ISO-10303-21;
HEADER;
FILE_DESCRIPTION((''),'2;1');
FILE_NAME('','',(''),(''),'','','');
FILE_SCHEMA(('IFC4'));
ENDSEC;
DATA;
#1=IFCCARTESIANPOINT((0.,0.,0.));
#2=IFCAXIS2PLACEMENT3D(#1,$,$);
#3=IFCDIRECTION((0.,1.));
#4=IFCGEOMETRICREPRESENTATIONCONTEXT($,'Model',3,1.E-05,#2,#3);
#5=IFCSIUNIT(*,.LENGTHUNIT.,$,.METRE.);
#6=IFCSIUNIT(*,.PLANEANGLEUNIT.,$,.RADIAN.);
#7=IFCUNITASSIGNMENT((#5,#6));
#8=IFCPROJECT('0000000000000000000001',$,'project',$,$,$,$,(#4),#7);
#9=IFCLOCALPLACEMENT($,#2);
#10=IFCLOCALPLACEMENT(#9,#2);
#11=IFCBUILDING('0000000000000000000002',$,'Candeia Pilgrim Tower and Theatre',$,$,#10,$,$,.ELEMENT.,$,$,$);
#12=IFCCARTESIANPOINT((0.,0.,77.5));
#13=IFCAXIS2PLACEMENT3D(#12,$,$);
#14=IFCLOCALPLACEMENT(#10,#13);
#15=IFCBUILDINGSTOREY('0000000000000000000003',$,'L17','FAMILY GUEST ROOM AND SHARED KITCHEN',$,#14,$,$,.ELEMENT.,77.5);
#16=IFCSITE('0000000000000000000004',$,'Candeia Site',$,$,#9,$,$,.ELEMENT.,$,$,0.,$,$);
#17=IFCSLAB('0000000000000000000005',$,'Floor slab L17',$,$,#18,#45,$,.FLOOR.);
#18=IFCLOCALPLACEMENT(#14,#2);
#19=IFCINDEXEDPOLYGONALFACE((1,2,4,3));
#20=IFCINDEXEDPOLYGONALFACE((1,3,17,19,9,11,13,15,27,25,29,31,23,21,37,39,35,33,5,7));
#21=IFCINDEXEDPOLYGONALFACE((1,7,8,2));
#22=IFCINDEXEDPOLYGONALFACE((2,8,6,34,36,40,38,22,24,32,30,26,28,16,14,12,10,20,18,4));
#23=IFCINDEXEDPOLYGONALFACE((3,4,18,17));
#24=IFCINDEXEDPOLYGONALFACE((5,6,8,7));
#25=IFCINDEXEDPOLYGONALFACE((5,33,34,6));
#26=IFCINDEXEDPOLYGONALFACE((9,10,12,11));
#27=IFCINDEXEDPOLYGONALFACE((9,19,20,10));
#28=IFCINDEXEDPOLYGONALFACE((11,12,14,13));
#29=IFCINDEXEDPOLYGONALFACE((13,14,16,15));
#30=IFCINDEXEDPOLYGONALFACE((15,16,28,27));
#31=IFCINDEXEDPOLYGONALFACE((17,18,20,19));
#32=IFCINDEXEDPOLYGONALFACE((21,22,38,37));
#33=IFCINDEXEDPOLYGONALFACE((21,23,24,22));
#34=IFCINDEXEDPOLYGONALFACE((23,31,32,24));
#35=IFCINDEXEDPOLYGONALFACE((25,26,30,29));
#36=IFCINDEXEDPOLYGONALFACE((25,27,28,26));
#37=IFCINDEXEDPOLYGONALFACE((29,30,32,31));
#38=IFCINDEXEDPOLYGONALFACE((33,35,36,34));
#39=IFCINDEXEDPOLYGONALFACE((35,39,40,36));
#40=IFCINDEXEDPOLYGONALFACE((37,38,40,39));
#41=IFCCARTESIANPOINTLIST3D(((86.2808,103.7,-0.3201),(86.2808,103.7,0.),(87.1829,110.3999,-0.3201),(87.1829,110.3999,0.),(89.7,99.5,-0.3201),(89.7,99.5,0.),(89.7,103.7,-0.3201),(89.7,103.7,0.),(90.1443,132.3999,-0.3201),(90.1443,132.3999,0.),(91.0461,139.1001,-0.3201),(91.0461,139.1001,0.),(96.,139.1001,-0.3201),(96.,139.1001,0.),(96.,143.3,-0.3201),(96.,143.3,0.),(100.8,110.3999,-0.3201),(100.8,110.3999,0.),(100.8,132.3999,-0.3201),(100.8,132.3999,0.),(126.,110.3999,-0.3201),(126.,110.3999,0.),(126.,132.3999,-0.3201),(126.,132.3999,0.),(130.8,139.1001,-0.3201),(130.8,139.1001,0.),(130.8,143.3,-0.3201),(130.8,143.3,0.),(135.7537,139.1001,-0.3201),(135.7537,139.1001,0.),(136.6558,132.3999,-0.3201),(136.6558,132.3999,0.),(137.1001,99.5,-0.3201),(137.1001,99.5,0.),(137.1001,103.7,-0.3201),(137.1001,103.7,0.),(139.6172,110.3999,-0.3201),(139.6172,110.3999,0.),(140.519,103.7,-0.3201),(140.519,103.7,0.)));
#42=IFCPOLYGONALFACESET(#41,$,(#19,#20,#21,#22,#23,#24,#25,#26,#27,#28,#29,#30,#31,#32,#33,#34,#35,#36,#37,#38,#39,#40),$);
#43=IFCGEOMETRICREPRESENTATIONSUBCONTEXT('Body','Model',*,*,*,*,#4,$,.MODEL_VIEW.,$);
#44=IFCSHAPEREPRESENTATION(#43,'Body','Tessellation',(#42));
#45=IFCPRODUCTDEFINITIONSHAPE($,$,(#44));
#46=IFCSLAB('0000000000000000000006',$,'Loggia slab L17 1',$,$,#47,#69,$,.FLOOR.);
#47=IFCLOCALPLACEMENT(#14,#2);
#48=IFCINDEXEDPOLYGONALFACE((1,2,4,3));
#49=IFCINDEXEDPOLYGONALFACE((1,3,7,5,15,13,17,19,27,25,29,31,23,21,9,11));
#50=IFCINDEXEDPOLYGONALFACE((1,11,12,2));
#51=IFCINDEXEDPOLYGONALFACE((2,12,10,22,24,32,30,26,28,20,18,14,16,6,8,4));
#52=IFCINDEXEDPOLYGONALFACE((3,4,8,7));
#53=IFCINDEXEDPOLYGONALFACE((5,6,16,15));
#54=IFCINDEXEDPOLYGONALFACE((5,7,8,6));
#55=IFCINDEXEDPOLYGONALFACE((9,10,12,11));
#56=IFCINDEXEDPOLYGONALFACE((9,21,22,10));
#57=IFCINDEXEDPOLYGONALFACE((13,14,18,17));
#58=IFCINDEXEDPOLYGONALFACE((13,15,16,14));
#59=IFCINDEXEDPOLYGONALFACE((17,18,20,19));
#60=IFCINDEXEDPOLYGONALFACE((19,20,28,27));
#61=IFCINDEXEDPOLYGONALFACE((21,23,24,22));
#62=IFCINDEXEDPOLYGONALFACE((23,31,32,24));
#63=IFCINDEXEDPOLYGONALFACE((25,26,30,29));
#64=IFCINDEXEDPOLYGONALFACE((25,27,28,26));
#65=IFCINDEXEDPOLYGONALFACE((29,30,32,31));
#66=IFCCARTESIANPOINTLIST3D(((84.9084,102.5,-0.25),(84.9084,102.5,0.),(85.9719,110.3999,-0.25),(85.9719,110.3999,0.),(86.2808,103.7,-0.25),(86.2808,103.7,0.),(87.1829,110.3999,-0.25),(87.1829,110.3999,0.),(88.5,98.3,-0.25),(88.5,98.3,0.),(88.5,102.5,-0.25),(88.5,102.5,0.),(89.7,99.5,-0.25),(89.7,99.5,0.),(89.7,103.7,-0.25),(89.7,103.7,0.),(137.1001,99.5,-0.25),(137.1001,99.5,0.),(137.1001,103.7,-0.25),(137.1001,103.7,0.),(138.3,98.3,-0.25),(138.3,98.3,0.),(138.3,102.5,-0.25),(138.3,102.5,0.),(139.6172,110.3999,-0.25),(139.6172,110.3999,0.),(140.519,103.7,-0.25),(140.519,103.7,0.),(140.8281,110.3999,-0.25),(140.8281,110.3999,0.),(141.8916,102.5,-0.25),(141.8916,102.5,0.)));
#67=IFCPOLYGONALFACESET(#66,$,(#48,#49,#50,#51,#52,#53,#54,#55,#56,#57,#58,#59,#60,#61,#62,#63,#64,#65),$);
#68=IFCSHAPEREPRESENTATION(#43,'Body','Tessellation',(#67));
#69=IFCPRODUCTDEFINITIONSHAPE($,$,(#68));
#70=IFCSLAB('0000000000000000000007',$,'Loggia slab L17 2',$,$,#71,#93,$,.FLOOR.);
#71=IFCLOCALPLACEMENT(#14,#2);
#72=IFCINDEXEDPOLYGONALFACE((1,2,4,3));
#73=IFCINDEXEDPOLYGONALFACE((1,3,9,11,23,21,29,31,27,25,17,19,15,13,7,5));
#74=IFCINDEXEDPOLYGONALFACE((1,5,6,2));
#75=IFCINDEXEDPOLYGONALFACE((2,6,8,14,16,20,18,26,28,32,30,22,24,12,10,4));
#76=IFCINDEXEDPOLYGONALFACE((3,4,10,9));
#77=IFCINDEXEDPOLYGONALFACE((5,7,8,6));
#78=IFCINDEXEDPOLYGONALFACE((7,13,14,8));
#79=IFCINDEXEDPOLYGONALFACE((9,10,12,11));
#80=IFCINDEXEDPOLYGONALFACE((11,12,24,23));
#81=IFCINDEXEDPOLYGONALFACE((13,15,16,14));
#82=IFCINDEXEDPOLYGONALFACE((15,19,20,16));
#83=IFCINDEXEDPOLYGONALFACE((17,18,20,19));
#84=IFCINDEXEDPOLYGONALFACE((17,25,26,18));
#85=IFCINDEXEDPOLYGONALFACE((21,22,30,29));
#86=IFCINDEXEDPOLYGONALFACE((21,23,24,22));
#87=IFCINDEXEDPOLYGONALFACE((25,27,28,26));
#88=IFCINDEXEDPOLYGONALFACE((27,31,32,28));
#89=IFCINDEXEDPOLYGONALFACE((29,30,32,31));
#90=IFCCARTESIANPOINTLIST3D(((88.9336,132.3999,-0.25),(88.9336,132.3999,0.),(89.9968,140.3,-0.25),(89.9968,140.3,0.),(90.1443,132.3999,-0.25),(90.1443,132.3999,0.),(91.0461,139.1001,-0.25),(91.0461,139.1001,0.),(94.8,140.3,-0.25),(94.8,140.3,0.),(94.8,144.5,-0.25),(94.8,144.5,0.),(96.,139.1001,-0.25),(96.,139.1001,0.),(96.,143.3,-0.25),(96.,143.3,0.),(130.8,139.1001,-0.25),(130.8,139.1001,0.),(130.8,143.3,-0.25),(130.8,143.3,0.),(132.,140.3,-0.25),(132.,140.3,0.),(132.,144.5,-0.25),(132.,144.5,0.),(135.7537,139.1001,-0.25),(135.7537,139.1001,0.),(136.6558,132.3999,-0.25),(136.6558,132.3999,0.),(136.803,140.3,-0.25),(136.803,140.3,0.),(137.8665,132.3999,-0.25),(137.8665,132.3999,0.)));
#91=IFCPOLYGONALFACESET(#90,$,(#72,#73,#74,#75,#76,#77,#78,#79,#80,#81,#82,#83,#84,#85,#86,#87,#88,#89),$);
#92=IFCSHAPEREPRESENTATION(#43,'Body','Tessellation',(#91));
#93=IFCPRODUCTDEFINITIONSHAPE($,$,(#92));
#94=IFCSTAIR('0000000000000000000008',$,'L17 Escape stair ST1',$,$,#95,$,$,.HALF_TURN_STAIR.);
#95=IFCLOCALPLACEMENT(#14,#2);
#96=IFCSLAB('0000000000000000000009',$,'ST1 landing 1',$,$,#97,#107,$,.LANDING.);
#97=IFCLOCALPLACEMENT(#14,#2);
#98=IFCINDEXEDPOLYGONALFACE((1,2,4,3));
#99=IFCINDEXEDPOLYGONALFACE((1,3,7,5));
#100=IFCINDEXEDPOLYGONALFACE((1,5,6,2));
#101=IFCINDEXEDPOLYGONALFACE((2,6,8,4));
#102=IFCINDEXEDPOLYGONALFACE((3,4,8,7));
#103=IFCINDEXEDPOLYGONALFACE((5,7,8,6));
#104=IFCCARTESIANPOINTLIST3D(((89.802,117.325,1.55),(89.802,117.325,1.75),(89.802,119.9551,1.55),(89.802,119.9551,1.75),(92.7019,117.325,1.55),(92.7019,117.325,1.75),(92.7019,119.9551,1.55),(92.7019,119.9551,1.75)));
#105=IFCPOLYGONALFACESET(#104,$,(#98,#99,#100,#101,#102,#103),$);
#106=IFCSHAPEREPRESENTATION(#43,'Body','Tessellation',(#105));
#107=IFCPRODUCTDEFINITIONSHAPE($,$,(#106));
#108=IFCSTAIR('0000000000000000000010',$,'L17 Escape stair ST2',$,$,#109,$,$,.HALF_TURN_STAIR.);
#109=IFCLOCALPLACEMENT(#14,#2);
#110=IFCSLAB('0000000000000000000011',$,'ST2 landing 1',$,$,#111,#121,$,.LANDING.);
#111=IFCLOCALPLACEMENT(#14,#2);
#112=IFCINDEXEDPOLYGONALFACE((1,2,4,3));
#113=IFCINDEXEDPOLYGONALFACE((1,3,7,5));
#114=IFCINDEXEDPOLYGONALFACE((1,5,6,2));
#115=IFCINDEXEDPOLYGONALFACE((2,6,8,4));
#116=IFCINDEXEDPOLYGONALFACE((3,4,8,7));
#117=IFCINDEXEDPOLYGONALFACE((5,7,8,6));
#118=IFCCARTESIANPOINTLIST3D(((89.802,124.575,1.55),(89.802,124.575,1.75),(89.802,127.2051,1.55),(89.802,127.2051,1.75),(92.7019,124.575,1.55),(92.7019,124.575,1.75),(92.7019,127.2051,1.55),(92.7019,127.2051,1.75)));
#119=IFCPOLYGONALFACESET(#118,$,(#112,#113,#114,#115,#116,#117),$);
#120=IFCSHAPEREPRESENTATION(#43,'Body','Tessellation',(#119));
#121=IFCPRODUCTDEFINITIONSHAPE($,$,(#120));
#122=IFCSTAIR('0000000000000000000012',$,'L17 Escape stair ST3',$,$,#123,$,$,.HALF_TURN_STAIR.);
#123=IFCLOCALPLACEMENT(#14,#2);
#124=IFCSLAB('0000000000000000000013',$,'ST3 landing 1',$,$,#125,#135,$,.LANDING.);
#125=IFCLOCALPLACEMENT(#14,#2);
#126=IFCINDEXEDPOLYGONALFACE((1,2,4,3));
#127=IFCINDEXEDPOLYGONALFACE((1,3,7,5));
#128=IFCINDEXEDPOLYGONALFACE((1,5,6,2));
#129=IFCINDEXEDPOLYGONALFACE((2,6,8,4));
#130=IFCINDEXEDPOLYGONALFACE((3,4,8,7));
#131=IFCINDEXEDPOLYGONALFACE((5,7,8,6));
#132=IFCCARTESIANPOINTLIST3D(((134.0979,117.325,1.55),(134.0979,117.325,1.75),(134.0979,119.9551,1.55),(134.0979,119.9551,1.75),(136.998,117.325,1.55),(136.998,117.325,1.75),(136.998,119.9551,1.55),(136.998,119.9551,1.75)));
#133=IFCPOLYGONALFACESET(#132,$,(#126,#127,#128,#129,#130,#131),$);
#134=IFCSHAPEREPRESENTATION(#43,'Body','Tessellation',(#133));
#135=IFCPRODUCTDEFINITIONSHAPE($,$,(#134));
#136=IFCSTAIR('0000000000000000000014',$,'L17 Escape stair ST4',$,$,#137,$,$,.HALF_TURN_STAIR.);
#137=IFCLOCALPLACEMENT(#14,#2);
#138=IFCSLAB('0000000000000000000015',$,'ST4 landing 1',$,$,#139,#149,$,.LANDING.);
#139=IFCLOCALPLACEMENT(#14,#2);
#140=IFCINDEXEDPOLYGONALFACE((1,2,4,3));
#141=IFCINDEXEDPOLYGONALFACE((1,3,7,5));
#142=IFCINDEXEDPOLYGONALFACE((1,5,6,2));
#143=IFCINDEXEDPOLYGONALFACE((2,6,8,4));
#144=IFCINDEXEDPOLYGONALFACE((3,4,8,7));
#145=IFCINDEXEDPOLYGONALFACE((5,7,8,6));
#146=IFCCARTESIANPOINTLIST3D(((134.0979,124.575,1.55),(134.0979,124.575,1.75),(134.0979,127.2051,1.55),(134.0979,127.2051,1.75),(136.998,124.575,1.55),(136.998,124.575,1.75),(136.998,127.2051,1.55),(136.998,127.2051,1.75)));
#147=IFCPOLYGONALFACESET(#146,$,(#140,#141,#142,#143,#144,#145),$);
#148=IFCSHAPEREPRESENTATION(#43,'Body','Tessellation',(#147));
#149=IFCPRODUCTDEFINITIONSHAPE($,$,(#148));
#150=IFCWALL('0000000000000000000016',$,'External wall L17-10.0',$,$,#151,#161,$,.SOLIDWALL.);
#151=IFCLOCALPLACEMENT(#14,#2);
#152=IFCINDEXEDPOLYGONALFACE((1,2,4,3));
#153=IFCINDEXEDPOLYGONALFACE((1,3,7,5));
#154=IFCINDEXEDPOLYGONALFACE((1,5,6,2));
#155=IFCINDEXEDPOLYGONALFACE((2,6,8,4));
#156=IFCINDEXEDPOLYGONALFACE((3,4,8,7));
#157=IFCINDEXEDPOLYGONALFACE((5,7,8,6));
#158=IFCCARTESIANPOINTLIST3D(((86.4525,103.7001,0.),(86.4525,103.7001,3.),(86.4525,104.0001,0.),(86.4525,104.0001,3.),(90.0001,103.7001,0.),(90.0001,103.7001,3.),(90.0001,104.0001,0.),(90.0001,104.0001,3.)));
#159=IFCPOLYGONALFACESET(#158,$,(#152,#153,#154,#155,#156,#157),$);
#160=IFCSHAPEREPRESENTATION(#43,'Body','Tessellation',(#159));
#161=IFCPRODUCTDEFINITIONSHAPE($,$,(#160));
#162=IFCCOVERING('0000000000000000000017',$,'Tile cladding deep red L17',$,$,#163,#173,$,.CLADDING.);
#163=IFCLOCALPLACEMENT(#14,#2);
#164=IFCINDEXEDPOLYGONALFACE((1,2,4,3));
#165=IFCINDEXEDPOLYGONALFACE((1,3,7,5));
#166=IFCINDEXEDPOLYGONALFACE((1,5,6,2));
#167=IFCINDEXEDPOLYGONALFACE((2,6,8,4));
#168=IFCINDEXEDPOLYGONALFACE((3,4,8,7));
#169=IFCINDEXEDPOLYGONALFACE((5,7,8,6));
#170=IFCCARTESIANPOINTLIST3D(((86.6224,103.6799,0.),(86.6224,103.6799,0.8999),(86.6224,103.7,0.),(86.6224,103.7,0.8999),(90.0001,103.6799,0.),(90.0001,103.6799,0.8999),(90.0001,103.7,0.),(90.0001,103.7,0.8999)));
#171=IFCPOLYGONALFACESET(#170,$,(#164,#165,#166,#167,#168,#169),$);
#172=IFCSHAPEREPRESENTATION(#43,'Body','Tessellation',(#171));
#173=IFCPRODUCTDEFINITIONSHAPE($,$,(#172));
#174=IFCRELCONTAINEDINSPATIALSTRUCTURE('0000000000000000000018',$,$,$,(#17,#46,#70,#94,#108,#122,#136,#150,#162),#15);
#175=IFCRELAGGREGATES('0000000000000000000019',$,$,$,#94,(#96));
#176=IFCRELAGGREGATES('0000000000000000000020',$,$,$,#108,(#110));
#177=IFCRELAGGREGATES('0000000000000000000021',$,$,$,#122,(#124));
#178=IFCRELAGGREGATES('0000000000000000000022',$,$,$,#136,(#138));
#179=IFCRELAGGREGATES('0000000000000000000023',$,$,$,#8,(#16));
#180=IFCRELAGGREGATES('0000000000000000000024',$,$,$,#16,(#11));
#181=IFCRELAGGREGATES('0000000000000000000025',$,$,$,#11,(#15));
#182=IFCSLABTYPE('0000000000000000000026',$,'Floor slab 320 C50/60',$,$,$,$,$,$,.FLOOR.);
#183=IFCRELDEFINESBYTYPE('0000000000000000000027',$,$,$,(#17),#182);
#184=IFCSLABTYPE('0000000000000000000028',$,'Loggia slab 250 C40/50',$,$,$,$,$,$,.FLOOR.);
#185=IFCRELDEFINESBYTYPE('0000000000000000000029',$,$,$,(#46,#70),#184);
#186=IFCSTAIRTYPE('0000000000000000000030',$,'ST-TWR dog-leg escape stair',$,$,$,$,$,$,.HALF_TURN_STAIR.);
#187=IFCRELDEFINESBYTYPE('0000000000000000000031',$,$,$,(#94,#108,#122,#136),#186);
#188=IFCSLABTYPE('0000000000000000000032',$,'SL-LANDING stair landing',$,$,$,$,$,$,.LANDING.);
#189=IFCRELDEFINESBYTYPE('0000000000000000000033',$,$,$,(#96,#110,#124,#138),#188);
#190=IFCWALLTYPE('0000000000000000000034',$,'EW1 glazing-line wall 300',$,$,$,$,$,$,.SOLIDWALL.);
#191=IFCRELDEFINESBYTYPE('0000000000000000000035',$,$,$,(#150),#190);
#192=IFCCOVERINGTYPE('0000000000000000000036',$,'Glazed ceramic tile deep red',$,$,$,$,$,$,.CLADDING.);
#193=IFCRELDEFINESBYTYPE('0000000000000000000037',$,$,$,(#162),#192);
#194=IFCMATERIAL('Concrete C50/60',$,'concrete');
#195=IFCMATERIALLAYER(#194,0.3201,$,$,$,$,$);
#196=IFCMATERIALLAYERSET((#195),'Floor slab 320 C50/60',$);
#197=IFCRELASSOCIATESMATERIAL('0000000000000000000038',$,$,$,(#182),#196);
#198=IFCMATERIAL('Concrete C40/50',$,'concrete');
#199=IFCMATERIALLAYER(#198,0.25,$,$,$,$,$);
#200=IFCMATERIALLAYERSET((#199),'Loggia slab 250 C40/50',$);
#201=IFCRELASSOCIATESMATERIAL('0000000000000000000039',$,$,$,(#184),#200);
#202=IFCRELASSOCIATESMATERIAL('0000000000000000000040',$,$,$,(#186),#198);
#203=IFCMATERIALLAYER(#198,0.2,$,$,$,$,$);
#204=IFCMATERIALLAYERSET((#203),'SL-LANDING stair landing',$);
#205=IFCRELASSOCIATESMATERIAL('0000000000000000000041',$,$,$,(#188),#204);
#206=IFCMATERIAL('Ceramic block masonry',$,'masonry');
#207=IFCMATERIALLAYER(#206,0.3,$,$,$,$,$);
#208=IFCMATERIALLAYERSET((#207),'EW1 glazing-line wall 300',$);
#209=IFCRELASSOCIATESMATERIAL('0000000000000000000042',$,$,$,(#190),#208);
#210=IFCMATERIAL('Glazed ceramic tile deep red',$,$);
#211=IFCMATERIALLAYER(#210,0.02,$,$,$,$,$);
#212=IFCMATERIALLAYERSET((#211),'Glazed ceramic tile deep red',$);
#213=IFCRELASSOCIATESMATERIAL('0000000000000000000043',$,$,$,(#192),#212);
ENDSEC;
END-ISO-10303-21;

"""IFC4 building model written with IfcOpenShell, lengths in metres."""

from ifc_helpers import new_model, si_unit, direction, frame, frame_2d, origin, origin_2d, place, context, subcontext, project, spatial, polyline, rectangle, outline, extrude, material, layer, layer_set, type_object, element, aggregate, save


model = new_model("IFC4")

# Units and contexts
model_context = context("Model", 3, precision=1e-05, world=origin(), true_north=direction((0.0, 1.0)))
body_context = subcontext(model_context, "Body", "Model", "MODEL_VIEW")
ifc_project = project(units=[si_unit("LENGTHUNIT", "METRE"), si_unit("PLANEANGLEUNIT", "RADIAN")], contexts=[model_context])

# Site, building, storey
site_placement = place(None, origin())
site = spatial("IfcSite", under=ifc_project, at=site_placement, Name="Candeia Site", CompositionType="ELEMENT", RefElevation=0.0)
building_placement = place(site_placement, origin())
building = spatial("IfcBuilding", under=site, at=building_placement, Name="Candeia Pilgrim Tower and Theatre", CompositionType="ELEMENT")
storey_placement = place(building_placement, frame((0.0, 0.0, 77.5)))
storey = spatial("IfcBuildingStorey", under=building, at=storey_placement, Name="L17", Description="FAMILY GUEST ROOM AND SHARED KITCHEN", CompositionType="ELEMENT", Elevation=77.5)

# Slabs
ifc_material_1 = material(Name="Concrete C40/50", Category="concrete")
ifc_material_2 = material(Name="Concrete C50/60", Category="concrete")
ifc_layer_1 = layer(ifc_material_2, 0.3201)
ifc_layer_set_1 = layer_set([ifc_layer_1], Name="Floor slab 320 C50/60")
slab_type_1 = type_object("IfcSlabType", Name="Floor slab 320 C50/60", PredefinedType="FLOOR", material=ifc_layer_set_1)
slab_1_placement = place(storey_placement, frame((0.0, 0.0, -0.3201)))
element("IfcSlab", 1, at=slab_1_placement, inside=storey, type_object=slab_type_1, Name="Floor slab L17", PredefinedType="FLOOR", context=body_context, shape_type="SweptSolid", body=[
    extrude(outline(polyline([(96.0, 139.1001), (96.0, 143.3), (130.8, 143.3), (130.8, 139.1001), (135.7537, 139.1001), (136.6558, 132.3999), (126.0, 132.3999), (126.0, 110.3999), (139.6172, 110.3999), (140.519, 103.7), (137.1001, 103.7), (137.1001, 99.5), (89.7, 99.5), (89.7, 103.7), (86.2808, 103.7), (87.1829, 110.3999), (100.8, 110.3999), (100.8, 132.3999), (90.1443, 132.3999), (91.0461, 139.1001), (96.0, 139.1001)])), origin(), (0.0, 0.0, 1.0), 0.3201),
])
ifc_layer_2 = layer(ifc_material_1, 0.25)
ifc_layer_set_2 = layer_set([ifc_layer_2], Name="Loggia slab 250 C40/50")
slab_type_2 = type_object("IfcSlabType", Name="Loggia slab 250 C40/50", PredefinedType="FLOOR", material=ifc_layer_set_2)
slab_2_placement = place(storey_placement, frame((0.0, 0.0, -0.25)))
element("IfcSlab", 2, at=slab_2_placement, inside=storey, type_object=slab_type_2, Name="Loggia slab L17 1", PredefinedType="FLOOR", context=body_context, shape_type="SweptSolid", body=[
    extrude(outline(polyline([(87.1829, 110.3999), (86.2808, 103.7), (89.7, 103.7), (89.7, 99.5), (137.1001, 99.5), (137.1001, 103.7), (140.519, 103.7), (139.6172, 110.3999), (140.8281, 110.3999), (141.8916, 102.5), (138.3, 102.5), (138.3, 98.3), (88.5, 98.3), (88.5, 102.5), (84.9084, 102.5), (85.9719, 110.3999), (87.1829, 110.3999)])), origin(), (0.0, 0.0, 1.0), 0.25),
])
slab_3_placement = place(storey_placement, frame((0.0, 0.0, -0.25)))
element("IfcSlab", 3, at=slab_3_placement, inside=storey, type_object=slab_type_2, Name="Loggia slab L17 2", PredefinedType="FLOOR", context=body_context, shape_type="SweptSolid", body=[
    extrude(outline(polyline([(136.6558, 132.3999), (135.7537, 139.1001), (130.8, 139.1001), (130.8, 143.3), (96.0, 143.3), (96.0, 139.1001), (91.0461, 139.1001), (90.1443, 132.3999), (88.9336, 132.3999), (89.9968, 140.3), (94.8, 140.3), (94.8, 144.5), (132.0, 144.5), (132.0, 140.3), (136.803, 140.3), (137.8665, 132.3999), (136.6558, 132.3999)])), origin(), (0.0, 0.0, 1.0), 0.25),
])

# Stairs, slabs
stair_type = type_object("IfcStairType", Name="ST-TWR dog-leg escape stair", PredefinedType="HALF_TURN_STAIR", material=ifc_material_1)
stair_1_placement = place(storey_placement, origin())
stair_1 = element("IfcStair", 4, at=stair_1_placement, inside=storey, type_object=stair_type, Name="L17 Escape stair ST1", PredefinedType="HALF_TURN_STAIR")
ifc_layer_3 = layer(ifc_material_1, 0.2)
ifc_layer_set_3 = layer_set([ifc_layer_3], Name="SL-LANDING stair landing")
slab_type_3 = type_object("IfcSlabType", Name="SL-LANDING stair landing", PredefinedType="LANDING", material=ifc_layer_set_3)
slab_4_placement = place(storey_placement, frame((0.0, 0.0, 1.55)))
slab_4 = element("IfcSlab", 5, at=slab_4_placement, type_object=slab_type_3, Name="ST1 landing 1", PredefinedType="LANDING", context=body_context, shape_type="SweptSolid", body=[
    extrude(outline(polyline([(89.802, 119.9551), (89.802, 117.325), (92.7019, 117.325), (92.7019, 119.9551), (89.802, 119.9551)])), origin(), (0.0, 0.0, 1.0), 0.2),
])
aggregate(stair_1, [slab_4])
stair_2_placement = place(storey_placement, origin())
stair_2 = element("IfcStair", 6, at=stair_2_placement, inside=storey, type_object=stair_type, Name="L17 Escape stair ST2", PredefinedType="HALF_TURN_STAIR")
slab_5_placement = place(storey_placement, frame((0.0, 0.0, 1.55)))
slab_5 = element("IfcSlab", 7, at=slab_5_placement, type_object=slab_type_3, Name="ST2 landing 1", PredefinedType="LANDING", context=body_context, shape_type="SweptSolid", body=[
    extrude(outline(polyline([(89.802, 127.2051), (89.802, 124.575), (92.7019, 124.575), (92.7019, 127.2051), (89.802, 127.2051)])), origin(), (0.0, 0.0, 1.0), 0.2),
])
aggregate(stair_2, [slab_5])
stair_3_placement = place(storey_placement, origin())
stair_3 = element("IfcStair", 8, at=stair_3_placement, inside=storey, type_object=stair_type, Name="L17 Escape stair ST3", PredefinedType="HALF_TURN_STAIR")
slab_6_placement = place(storey_placement, frame((0.0, 0.0, 1.55)))
slab_6 = element("IfcSlab", 9, at=slab_6_placement, type_object=slab_type_3, Name="ST3 landing 1", PredefinedType="LANDING", context=body_context, shape_type="SweptSolid", body=[
    extrude(outline(polyline([(134.0979, 119.9551), (134.0979, 117.325), (136.998, 117.325), (136.998, 119.9551), (134.0979, 119.9551)])), origin(), (0.0, 0.0, 1.0), 0.2),
])
aggregate(stair_3, [slab_6])
stair_4_placement = place(storey_placement, origin())
stair_4 = element("IfcStair", 10, at=stair_4_placement, inside=storey, type_object=stair_type, Name="L17 Escape stair ST4", PredefinedType="HALF_TURN_STAIR")
slab_7_placement = place(storey_placement, frame((0.0, 0.0, 1.55)))
slab_7 = element("IfcSlab", 11, at=slab_7_placement, type_object=slab_type_3, Name="ST4 landing 1", PredefinedType="LANDING", context=body_context, shape_type="SweptSolid", body=[
    extrude(outline(polyline([(134.0979, 127.2051), (134.0979, 124.575), (136.998, 124.575), (136.998, 127.2051), (134.0979, 127.2051)])), origin(), (0.0, 0.0, 1.0), 0.2),
])
aggregate(stair_4, [slab_7])

# Wall
ifc_material_3 = material(Name="Ceramic block masonry", Category="masonry")
ifc_layer_4 = layer(ifc_material_3, 0.3)
ifc_layer_set_4 = layer_set([ifc_layer_4], Name="EW1 glazing-line wall 300")
wall_type = type_object("IfcWallType", Name="EW1 glazing-line wall 300", PredefinedType="SOLIDWALL", material=ifc_layer_set_4)
wall_placement = place(storey_placement, frame((86.4524, 103.8501, 0.0), z_axis=(0.0, 0.0, 1.0), x_axis=(1.0, 0.0, 0.0)))
element("IfcWall", 12, at=wall_placement, inside=storey, type_object=wall_type, Name="External wall L17-10.0", PredefinedType="SOLIDWALL", context=body_context, shape_type="SweptSolid", body=[
    extrude(rectangle(XDim=3.5476, YDim=0.3, at=frame_2d((1.7739, 0.0))), origin(), (0.0, 0.0, 1.0), 3.0),
])

# Covering
ifc_material_4 = material(Name="Glazed ceramic tile deep red")
ifc_layer_5 = layer(ifc_material_4, 0.02)
ifc_layer_set_5 = layer_set([ifc_layer_5], Name="Glazed ceramic tile deep red")
covering_type = type_object("IfcCoveringType", Name="Glazed ceramic tile deep red", PredefinedType="CLADDING", material=ifc_layer_set_5)
covering_placement = place(storey_placement, frame((88.3113, 103.6899, 0.0), z_axis=(0.0, 0.0, 1.0), x_axis=(1.0, 0.0, 0.0)))
element("IfcCovering", 13, at=covering_placement, inside=storey, type_object=covering_type, Name="Tile cladding deep red L17", PredefinedType="CLADDING", context=body_context, shape_type="SweptSolid", body=[
    extrude(rectangle(XDim=3.3777, YDim=0.02, at=origin_2d()), origin(), (0.0, 0.0, 1.0), 0.8999),
])

save(model, "model.ifc")
